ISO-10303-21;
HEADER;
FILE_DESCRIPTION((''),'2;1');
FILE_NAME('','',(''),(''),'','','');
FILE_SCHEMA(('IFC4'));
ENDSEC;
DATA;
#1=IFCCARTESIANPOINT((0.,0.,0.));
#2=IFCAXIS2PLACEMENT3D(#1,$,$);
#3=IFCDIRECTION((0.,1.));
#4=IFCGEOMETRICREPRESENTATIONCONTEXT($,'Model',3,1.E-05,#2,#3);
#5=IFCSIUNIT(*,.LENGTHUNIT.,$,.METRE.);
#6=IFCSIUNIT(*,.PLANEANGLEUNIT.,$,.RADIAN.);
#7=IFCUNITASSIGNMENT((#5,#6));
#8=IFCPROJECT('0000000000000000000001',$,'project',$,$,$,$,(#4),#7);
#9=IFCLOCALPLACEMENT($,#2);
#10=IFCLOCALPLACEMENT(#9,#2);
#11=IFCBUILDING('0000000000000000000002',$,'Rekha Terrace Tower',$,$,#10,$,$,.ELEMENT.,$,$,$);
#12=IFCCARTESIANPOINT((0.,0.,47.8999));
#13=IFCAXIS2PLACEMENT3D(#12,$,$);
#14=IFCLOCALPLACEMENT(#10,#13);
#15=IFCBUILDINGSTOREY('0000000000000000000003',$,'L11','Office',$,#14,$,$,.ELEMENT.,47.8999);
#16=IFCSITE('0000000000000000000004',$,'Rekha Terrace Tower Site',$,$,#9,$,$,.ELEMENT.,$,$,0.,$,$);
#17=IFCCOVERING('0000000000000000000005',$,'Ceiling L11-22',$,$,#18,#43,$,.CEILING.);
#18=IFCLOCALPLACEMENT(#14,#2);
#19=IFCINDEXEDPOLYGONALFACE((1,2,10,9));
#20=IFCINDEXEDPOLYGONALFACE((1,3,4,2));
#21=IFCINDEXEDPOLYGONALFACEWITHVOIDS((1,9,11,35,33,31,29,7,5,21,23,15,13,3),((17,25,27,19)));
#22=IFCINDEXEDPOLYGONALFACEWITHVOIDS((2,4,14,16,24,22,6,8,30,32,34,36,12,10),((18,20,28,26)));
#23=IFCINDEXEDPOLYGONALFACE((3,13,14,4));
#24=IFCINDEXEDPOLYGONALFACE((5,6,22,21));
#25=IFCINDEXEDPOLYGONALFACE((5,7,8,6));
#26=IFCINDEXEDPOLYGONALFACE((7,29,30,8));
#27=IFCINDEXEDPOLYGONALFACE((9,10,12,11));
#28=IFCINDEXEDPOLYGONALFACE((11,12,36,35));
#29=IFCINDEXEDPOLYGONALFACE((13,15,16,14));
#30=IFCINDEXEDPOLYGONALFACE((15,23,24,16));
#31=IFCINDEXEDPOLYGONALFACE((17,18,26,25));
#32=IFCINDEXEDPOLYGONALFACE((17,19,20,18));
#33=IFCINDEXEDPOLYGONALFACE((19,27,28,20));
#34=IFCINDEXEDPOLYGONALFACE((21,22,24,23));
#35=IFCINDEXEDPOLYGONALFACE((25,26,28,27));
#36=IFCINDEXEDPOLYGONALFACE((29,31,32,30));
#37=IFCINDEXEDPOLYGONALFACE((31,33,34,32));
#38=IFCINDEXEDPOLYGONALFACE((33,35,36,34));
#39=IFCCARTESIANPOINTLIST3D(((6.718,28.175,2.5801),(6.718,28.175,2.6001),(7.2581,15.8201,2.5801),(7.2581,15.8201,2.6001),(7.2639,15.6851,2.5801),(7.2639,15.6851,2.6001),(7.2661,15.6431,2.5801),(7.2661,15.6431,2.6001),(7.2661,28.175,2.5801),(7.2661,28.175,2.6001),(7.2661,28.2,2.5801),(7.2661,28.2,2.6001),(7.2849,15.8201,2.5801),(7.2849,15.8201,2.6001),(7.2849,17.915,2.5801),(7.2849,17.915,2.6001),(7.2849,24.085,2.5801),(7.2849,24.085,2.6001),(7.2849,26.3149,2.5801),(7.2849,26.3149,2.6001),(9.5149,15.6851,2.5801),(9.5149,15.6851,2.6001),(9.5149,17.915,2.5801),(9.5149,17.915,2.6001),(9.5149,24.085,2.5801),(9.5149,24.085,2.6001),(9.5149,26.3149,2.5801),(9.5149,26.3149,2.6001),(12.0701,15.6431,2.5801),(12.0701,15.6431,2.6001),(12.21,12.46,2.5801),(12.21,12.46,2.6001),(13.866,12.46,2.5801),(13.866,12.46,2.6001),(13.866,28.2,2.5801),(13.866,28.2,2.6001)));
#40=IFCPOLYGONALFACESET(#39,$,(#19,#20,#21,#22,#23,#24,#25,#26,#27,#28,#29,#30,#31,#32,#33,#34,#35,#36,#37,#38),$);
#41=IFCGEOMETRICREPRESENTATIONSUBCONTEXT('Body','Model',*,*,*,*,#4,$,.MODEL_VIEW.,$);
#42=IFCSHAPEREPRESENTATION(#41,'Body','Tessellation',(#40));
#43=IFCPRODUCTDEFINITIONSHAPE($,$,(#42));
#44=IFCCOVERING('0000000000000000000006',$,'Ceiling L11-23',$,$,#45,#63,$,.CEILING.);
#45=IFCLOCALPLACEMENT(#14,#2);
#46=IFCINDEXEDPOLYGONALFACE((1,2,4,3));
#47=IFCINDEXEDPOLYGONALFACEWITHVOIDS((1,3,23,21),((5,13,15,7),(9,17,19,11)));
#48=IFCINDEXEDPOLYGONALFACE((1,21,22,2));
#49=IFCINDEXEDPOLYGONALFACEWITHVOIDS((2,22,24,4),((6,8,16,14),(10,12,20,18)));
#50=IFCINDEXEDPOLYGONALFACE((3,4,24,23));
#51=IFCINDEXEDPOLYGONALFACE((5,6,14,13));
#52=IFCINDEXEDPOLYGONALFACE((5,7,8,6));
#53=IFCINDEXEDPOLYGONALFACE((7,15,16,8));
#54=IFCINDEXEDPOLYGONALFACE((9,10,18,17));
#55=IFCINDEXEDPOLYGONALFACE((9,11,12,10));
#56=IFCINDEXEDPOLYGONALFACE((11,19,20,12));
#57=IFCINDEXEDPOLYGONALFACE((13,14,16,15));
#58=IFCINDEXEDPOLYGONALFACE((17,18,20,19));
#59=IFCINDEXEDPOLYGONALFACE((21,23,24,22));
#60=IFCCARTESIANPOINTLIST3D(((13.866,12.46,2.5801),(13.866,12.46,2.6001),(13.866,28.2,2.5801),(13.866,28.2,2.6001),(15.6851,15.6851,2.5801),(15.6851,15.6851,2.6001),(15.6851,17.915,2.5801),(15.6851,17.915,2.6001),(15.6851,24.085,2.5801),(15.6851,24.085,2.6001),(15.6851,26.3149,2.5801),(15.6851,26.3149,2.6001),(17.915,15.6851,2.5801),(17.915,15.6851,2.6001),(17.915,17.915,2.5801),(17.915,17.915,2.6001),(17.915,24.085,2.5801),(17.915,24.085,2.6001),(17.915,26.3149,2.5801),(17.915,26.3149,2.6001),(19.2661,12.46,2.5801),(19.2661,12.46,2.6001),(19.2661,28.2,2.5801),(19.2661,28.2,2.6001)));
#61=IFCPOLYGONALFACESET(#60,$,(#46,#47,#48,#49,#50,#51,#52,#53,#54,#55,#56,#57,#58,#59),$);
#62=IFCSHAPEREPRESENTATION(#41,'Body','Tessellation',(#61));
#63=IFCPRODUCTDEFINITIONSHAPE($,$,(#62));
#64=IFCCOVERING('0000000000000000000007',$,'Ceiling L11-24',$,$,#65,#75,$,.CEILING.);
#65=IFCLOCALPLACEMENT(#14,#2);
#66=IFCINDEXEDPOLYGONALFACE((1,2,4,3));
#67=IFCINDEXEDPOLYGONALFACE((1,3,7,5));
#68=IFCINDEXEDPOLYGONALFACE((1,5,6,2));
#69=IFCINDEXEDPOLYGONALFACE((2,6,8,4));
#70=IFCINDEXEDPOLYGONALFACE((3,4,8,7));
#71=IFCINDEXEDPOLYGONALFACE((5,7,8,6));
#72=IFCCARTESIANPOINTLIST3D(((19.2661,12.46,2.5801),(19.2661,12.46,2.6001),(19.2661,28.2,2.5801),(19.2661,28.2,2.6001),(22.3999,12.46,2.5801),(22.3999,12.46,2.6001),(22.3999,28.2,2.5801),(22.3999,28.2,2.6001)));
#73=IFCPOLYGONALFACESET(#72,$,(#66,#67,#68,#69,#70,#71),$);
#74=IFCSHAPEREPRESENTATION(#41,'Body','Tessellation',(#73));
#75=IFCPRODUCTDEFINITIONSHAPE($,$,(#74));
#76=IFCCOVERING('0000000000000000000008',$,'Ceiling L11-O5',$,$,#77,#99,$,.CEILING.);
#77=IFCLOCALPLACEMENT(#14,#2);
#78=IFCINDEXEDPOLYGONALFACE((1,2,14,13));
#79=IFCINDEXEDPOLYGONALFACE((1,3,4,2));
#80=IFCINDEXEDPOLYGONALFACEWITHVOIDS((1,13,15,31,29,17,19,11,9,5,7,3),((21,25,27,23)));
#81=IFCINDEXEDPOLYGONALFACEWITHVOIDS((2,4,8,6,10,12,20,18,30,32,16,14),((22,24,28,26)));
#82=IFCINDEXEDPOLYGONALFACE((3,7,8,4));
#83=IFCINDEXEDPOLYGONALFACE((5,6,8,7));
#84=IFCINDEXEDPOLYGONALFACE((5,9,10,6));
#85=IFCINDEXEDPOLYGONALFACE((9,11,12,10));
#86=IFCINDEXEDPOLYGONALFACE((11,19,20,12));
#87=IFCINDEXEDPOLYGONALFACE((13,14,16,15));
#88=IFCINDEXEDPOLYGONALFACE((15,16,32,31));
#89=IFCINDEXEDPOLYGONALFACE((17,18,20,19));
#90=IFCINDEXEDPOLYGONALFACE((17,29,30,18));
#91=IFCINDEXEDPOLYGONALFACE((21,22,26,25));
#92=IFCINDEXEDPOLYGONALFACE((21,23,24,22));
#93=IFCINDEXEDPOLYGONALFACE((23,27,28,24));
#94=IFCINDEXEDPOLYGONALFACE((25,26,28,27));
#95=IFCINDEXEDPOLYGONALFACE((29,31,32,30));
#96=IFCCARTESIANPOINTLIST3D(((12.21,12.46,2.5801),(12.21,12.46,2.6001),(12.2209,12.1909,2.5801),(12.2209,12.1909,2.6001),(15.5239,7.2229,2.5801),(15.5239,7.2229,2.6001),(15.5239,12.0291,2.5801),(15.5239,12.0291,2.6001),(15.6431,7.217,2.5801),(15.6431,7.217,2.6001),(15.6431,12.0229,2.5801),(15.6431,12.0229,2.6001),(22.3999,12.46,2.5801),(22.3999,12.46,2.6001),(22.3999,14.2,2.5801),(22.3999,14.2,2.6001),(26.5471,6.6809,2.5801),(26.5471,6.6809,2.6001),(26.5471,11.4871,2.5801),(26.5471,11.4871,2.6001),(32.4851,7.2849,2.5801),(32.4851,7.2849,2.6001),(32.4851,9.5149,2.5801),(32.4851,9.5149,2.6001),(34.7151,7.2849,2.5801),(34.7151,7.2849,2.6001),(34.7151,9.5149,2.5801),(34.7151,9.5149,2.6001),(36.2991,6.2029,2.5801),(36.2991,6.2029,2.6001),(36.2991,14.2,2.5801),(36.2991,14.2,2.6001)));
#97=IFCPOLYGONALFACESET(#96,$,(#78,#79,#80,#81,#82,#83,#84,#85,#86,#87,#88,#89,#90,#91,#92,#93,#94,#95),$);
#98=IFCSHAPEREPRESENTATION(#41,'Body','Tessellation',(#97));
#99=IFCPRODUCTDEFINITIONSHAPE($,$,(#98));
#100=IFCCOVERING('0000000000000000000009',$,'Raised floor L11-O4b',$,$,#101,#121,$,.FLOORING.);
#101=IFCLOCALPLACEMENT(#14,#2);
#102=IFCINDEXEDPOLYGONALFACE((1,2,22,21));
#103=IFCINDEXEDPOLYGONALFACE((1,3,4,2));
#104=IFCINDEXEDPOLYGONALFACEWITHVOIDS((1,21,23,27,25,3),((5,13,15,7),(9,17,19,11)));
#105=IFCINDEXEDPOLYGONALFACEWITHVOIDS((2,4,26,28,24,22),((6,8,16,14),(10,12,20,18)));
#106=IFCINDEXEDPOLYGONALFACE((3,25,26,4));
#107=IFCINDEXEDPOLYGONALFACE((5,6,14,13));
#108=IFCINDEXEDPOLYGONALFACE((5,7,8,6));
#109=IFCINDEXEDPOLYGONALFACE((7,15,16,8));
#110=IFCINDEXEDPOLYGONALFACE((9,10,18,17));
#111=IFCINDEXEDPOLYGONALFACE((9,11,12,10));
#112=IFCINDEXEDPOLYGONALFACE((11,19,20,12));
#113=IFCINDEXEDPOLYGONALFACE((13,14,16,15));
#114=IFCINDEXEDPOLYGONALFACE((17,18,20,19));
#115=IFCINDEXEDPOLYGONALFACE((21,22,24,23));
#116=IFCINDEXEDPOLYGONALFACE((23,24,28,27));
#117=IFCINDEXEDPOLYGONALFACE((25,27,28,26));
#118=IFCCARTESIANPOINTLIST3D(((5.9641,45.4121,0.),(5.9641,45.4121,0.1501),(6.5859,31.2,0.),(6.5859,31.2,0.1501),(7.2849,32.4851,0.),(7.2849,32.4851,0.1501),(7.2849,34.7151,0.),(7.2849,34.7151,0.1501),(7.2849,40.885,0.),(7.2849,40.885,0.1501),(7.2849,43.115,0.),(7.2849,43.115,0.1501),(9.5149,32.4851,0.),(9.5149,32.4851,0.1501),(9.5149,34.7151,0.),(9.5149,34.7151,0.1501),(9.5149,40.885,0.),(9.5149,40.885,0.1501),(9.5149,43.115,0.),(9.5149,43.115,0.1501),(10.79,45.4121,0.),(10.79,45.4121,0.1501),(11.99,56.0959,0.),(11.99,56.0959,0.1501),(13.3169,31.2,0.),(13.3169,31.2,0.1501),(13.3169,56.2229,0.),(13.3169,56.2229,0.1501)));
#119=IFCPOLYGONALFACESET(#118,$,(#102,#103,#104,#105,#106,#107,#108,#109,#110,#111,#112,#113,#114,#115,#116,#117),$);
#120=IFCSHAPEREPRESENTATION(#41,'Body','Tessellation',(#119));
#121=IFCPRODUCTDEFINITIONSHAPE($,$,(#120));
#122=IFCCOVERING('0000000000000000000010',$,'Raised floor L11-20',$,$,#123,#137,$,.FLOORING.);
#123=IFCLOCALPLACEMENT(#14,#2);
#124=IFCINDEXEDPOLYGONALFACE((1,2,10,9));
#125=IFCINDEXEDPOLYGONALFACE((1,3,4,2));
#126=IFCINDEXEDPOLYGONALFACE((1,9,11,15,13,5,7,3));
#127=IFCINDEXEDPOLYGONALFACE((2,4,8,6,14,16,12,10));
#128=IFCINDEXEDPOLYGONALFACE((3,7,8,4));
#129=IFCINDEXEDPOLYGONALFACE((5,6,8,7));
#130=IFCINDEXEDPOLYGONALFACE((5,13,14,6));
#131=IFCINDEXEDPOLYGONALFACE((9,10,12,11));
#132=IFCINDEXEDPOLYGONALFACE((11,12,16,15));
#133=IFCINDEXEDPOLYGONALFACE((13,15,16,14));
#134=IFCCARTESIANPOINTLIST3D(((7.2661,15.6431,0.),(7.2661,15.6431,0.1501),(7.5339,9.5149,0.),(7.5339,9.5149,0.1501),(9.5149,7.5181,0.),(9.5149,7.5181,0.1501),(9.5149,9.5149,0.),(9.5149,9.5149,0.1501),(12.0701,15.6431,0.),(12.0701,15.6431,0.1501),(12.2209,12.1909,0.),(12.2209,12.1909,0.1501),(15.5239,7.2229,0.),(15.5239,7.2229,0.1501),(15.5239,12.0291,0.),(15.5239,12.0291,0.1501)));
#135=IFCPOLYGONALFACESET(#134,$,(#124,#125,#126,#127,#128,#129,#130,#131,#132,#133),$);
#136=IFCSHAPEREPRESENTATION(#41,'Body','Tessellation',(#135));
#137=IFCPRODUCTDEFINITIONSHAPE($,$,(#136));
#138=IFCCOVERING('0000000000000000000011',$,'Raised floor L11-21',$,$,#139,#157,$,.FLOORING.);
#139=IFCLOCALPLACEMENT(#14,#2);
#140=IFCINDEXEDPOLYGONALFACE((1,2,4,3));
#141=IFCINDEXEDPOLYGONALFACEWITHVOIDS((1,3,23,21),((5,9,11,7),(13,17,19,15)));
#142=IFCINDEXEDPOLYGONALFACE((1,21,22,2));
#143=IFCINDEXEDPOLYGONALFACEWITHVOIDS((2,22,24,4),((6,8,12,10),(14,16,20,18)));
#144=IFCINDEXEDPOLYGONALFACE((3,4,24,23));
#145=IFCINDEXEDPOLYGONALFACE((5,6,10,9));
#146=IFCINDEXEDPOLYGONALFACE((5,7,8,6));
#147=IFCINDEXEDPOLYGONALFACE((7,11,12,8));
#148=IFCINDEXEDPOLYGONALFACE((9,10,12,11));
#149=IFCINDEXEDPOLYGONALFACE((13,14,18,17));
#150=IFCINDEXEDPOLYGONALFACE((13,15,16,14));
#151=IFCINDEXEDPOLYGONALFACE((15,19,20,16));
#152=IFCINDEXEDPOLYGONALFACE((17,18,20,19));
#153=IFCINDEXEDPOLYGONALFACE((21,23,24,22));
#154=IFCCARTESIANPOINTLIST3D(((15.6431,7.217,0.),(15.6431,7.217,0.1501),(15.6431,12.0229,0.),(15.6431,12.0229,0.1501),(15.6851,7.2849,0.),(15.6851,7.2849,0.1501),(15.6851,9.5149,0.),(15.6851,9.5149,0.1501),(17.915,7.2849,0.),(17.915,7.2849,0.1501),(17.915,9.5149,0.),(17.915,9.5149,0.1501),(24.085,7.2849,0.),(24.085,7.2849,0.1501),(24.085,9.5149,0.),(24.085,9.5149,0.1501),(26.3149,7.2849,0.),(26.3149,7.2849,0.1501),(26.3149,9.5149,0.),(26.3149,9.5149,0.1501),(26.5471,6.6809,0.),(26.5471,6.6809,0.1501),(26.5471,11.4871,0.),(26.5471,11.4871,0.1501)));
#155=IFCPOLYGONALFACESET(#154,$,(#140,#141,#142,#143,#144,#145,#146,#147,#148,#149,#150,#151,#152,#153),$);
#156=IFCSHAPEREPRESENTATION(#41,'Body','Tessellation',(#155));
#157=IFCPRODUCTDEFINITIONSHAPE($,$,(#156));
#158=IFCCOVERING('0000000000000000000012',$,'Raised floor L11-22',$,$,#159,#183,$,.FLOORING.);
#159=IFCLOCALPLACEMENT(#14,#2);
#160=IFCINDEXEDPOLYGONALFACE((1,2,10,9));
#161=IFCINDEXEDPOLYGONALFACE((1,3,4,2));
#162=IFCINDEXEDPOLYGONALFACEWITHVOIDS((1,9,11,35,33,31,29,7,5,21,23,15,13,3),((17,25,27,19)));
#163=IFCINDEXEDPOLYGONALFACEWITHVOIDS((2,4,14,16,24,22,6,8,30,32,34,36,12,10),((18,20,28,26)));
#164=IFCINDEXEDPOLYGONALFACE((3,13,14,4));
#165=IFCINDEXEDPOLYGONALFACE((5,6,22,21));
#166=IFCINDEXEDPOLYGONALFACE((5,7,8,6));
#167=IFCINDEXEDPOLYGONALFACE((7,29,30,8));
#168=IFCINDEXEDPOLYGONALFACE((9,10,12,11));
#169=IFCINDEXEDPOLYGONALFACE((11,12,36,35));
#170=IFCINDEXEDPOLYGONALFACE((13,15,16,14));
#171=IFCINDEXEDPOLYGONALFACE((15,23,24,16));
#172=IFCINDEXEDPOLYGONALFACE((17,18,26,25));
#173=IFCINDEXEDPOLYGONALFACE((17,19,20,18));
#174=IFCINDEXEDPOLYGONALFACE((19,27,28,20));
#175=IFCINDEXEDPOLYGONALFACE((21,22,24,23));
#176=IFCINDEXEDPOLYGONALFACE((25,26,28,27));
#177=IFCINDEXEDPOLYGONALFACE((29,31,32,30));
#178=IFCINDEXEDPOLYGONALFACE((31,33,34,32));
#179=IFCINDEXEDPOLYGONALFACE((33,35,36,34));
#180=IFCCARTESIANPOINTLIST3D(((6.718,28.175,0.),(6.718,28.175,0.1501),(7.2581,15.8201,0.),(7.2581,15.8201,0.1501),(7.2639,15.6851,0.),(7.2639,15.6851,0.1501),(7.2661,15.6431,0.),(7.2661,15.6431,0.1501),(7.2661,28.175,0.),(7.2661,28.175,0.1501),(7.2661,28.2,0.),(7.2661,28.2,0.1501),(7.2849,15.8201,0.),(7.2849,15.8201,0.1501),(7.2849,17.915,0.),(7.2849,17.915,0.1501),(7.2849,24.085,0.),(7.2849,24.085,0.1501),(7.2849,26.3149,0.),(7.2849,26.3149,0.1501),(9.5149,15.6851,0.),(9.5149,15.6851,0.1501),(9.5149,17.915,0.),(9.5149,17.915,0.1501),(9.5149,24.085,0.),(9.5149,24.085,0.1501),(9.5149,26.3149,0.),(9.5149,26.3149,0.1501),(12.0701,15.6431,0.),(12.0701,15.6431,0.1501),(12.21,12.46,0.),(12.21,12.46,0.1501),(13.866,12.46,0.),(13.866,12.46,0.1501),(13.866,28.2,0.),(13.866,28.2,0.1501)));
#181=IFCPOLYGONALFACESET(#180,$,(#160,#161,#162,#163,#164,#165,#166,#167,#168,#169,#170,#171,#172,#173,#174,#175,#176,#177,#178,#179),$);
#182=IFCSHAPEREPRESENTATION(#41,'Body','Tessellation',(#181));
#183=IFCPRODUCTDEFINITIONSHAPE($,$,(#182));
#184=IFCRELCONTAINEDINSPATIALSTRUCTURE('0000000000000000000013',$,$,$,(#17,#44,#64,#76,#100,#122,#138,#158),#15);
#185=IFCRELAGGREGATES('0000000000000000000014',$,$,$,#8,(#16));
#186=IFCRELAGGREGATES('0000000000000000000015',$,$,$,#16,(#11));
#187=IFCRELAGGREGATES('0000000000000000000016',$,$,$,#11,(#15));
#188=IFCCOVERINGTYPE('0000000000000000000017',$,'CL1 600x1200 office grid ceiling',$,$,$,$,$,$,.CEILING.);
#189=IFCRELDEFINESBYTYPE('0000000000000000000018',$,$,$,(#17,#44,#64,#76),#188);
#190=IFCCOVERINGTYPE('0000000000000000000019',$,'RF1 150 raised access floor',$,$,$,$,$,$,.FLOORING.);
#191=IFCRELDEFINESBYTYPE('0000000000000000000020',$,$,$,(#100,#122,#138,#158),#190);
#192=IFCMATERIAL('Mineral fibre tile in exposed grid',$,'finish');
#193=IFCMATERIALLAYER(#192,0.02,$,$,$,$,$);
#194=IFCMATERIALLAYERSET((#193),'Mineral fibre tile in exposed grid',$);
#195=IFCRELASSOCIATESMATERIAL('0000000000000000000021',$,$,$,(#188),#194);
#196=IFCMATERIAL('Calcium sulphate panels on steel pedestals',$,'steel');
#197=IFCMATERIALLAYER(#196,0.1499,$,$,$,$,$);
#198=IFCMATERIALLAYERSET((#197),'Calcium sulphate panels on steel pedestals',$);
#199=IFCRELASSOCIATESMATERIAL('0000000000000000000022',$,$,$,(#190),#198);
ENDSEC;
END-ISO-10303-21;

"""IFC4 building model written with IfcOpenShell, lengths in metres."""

from ifc_helpers import new_model, si_unit, direction, frame, origin, place, context, subcontext, project, spatial, polyline, outline, extrude, material, layer, layer_set, type_object, element, save


model = new_model("IFC4")

# Units and contexts
model_context = context("Model", 3, precision=1e-05, world=origin(), true_north=direction((0.0, 1.0)))
body_context = subcontext(model_context, "Body", "Model", "MODEL_VIEW")
ifc_project = project(units=[si_unit("LENGTHUNIT", "METRE"), si_unit("PLANEANGLEUNIT", "RADIAN")], contexts=[model_context])

# Site, building, storey
site_placement = place(None, origin())
site = spatial("IfcSite", under=ifc_project, at=site_placement, Name="Rekha Terrace Tower Site", CompositionType="ELEMENT", RefElevation=0.0)
building_placement = place(site_placement, origin())
building = spatial("IfcBuilding", under=site, at=building_placement, Name="Rekha Terrace Tower", CompositionType="ELEMENT")
storey_placement = place(building_placement, frame((0.0, 0.0, 47.8999)))
storey = spatial("IfcBuildingStorey", under=building, at=storey_placement, Name="L11", Description="Office", CompositionType="ELEMENT", Elevation=47.8999)

# Coverings
ifc_material_1 = material(Name="Mineral fibre tile in exposed grid", Category="finish")
ifc_layer_1 = layer(ifc_material_1, 0.02)
ifc_layer_set_1 = layer_set([ifc_layer_1], Name="Mineral fibre tile in exposed grid")
covering_type_1 = type_object("IfcCoveringType", Name="CL1 600x1200 office grid ceiling", PredefinedType="CEILING", material=ifc_layer_set_1)
covering_1_placement = place(storey_placement, frame((0.0, 0.0, 2.5801)))
element("IfcCovering", 1, at=covering_1_placement, inside=storey, type_object=covering_type_1, Name="Ceiling L11-22", PredefinedType="CEILING", context=body_context, shape_type="SweptSolid", body=[
    extrude(outline(polyline([(7.2581, 15.8201), (7.2849, 15.8201), (7.2849, 17.915), (9.5149, 17.915), (9.5149, 15.6851), (7.2639, 15.6851), (7.2661, 15.6431), (12.0701, 15.6431), (12.21, 12.46), (13.866, 12.46), (13.866, 28.2), (7.2661, 28.2), (7.2661, 28.175), (6.718, 28.175), (7.2581, 15.8201)]), holes=[polyline([(9.5149, 24.085), (7.2849, 24.085), (7.2849, 26.3149), (9.5149, 26.3149), (9.5149, 24.085)])]), origin(), (0.0, 0.0, 1.0), 0.02),
])
covering_2_placement = place(storey_placement, frame((0.0, 0.0, 2.5801)))
element("IfcCovering", 2, at=covering_2_placement, inside=storey, type_object=covering_type_1, Name="Ceiling L11-23", PredefinedType="CEILING", context=body_context, shape_type="SweptSolid", body=[
    extrude(outline(polyline([(13.866, 12.46), (19.2661, 12.46), (19.2661, 28.2), (13.866, 28.2), (13.866, 12.46)]), holes=[polyline([(17.915, 15.6851), (15.6851, 15.6851), (15.6851, 17.915), (17.915, 17.915), (17.915, 15.6851)]), polyline([(17.915, 24.085), (15.6851, 24.085), (15.6851, 26.3149), (17.915, 26.3149), (17.915, 24.085)])]), origin(), (0.0, 0.0, 1.0), 0.02),
])
covering_3_placement = place(storey_placement, frame((0.0, 0.0, 2.5801)))
element("IfcCovering", 3, at=covering_3_placement, inside=storey, type_object=covering_type_1, Name="Ceiling L11-24", PredefinedType="CEILING", context=body_context, shape_type="SweptSolid", body=[
    extrude(outline(polyline([(19.2661, 12.46), (22.3999, 12.46), (22.3999, 28.2), (19.2661, 28.2), (19.2661, 12.46)])), origin(), (0.0, 0.0, 1.0), 0.02),
])
covering_4_placement = place(storey_placement, frame((0.0, 0.0, 2.5801)))
element("IfcCovering", 4, at=covering_4_placement, inside=storey, type_object=covering_type_1, Name="Ceiling L11-O5", PredefinedType="CEILING", context=body_context, shape_type="SweptSolid", body=[
    extrude(outline(polyline([(22.3999, 12.46), (12.21, 12.46), (12.2209, 12.1909), (15.5239, 12.0291), (15.5239, 7.2229), (15.6431, 7.217), (15.6431, 12.0229), (26.5471, 11.4871), (26.5471, 6.6809), (36.2991, 6.2029), (36.2991, 14.2), (22.3999, 14.2), (22.3999, 12.46)]), holes=[polyline([(34.7151, 7.2849), (32.4851, 7.2849), (32.4851, 9.5149), (34.7151, 9.5149), (34.7151, 7.2849)])]), origin(), (0.0, 0.0, 1.0), 0.02),
])
ifc_material_2 = material(Name="Calcium sulphate panels on steel pedestals", Category="steel")
ifc_layer_2 = layer(ifc_material_2, 0.1499)
ifc_layer_set_2 = layer_set([ifc_layer_2], Name="Calcium sulphate panels on steel pedestals")
covering_type_2 = type_object("IfcCoveringType", Name="RF1 150 raised access floor", PredefinedType="FLOORING", material=ifc_layer_set_2)
covering_5_placement = place(storey_placement, origin())
element("IfcCovering", 5, at=covering_5_placement, inside=storey, type_object=covering_type_2, Name="Raised floor L11-O4b", PredefinedType="FLOORING", context=body_context, shape_type="SweptSolid", body=[
    extrude(outline(polyline([(13.3169, 56.2229), (11.99, 56.0959), (10.79, 45.4121), (5.9641, 45.4121), (6.5859, 31.2), (13.3169, 31.2), (13.3169, 56.2229)]), holes=[polyline([(9.5149, 32.4851), (7.2849, 32.4851), (7.2849, 34.7151), (9.5149, 34.7151), (9.5149, 32.4851)]), polyline([(9.5149, 40.885), (7.2849, 40.885), (7.2849, 43.115), (9.5149, 43.115), (9.5149, 40.885)])]), origin(), (0.0, 0.0, 1.0), 0.1501),
])
covering_6_placement = place(storey_placement, origin())
element("IfcCovering", 6, at=covering_6_placement, inside=storey, type_object=covering_type_2, Name="Raised floor L11-20", PredefinedType="FLOORING", context=body_context, shape_type="SweptSolid", body=[
    extrude(outline(polyline([(12.2209, 12.1909), (12.0701, 15.6431), (7.2661, 15.6431), (7.5339, 9.5149), (9.5149, 9.5149), (9.5149, 7.5181), (15.5239, 7.2229), (15.5239, 12.0291), (12.2209, 12.1909)])), origin(), (0.0, 0.0, 1.0), 0.1501),
])
covering_7_placement = place(storey_placement, origin())
element("IfcCovering", 7, at=covering_7_placement, inside=storey, type_object=covering_type_2, Name="Raised floor L11-21", PredefinedType="FLOORING", context=body_context, shape_type="SweptSolid", body=[
    extrude(outline(polyline([(26.5471, 6.6809), (26.5471, 11.4871), (15.6431, 12.0229), (15.6431, 7.217), (26.5471, 6.6809)]), holes=[polyline([(26.3149, 9.5149), (26.3149, 7.2849), (24.085, 7.2849), (24.085, 9.5149), (26.3149, 9.5149)]), polyline([(17.915, 7.2849), (15.6851, 7.2849), (15.6851, 9.5149), (17.915, 9.5149), (17.915, 7.2849)])]), origin(), (0.0, 0.0, 1.0), 0.1501),
])
covering_8_placement = place(storey_placement, origin())
element("IfcCovering", 8, at=covering_8_placement, inside=storey, type_object=covering_type_2, Name="Raised floor L11-22", PredefinedType="FLOORING", context=body_context, shape_type="SweptSolid", body=[
    extrude(outline(polyline([(7.2581, 15.8201), (7.2849, 15.8201), (7.2849, 17.915), (9.5149, 17.915), (9.5149, 15.6851), (7.2639, 15.6851), (7.2661, 15.6431), (12.0701, 15.6431), (12.21, 12.46), (13.866, 12.46), (13.866, 28.2), (7.2661, 28.2), (7.2661, 28.175), (6.718, 28.175), (7.2581, 15.8201)]), holes=[polyline([(9.5149, 24.085), (7.2849, 24.085), (7.2849, 26.3149), (9.5149, 26.3149), (9.5149, 24.085)])]), origin(), (0.0, 0.0, 1.0), 0.1501),
])

save(model, "model.ifc")
